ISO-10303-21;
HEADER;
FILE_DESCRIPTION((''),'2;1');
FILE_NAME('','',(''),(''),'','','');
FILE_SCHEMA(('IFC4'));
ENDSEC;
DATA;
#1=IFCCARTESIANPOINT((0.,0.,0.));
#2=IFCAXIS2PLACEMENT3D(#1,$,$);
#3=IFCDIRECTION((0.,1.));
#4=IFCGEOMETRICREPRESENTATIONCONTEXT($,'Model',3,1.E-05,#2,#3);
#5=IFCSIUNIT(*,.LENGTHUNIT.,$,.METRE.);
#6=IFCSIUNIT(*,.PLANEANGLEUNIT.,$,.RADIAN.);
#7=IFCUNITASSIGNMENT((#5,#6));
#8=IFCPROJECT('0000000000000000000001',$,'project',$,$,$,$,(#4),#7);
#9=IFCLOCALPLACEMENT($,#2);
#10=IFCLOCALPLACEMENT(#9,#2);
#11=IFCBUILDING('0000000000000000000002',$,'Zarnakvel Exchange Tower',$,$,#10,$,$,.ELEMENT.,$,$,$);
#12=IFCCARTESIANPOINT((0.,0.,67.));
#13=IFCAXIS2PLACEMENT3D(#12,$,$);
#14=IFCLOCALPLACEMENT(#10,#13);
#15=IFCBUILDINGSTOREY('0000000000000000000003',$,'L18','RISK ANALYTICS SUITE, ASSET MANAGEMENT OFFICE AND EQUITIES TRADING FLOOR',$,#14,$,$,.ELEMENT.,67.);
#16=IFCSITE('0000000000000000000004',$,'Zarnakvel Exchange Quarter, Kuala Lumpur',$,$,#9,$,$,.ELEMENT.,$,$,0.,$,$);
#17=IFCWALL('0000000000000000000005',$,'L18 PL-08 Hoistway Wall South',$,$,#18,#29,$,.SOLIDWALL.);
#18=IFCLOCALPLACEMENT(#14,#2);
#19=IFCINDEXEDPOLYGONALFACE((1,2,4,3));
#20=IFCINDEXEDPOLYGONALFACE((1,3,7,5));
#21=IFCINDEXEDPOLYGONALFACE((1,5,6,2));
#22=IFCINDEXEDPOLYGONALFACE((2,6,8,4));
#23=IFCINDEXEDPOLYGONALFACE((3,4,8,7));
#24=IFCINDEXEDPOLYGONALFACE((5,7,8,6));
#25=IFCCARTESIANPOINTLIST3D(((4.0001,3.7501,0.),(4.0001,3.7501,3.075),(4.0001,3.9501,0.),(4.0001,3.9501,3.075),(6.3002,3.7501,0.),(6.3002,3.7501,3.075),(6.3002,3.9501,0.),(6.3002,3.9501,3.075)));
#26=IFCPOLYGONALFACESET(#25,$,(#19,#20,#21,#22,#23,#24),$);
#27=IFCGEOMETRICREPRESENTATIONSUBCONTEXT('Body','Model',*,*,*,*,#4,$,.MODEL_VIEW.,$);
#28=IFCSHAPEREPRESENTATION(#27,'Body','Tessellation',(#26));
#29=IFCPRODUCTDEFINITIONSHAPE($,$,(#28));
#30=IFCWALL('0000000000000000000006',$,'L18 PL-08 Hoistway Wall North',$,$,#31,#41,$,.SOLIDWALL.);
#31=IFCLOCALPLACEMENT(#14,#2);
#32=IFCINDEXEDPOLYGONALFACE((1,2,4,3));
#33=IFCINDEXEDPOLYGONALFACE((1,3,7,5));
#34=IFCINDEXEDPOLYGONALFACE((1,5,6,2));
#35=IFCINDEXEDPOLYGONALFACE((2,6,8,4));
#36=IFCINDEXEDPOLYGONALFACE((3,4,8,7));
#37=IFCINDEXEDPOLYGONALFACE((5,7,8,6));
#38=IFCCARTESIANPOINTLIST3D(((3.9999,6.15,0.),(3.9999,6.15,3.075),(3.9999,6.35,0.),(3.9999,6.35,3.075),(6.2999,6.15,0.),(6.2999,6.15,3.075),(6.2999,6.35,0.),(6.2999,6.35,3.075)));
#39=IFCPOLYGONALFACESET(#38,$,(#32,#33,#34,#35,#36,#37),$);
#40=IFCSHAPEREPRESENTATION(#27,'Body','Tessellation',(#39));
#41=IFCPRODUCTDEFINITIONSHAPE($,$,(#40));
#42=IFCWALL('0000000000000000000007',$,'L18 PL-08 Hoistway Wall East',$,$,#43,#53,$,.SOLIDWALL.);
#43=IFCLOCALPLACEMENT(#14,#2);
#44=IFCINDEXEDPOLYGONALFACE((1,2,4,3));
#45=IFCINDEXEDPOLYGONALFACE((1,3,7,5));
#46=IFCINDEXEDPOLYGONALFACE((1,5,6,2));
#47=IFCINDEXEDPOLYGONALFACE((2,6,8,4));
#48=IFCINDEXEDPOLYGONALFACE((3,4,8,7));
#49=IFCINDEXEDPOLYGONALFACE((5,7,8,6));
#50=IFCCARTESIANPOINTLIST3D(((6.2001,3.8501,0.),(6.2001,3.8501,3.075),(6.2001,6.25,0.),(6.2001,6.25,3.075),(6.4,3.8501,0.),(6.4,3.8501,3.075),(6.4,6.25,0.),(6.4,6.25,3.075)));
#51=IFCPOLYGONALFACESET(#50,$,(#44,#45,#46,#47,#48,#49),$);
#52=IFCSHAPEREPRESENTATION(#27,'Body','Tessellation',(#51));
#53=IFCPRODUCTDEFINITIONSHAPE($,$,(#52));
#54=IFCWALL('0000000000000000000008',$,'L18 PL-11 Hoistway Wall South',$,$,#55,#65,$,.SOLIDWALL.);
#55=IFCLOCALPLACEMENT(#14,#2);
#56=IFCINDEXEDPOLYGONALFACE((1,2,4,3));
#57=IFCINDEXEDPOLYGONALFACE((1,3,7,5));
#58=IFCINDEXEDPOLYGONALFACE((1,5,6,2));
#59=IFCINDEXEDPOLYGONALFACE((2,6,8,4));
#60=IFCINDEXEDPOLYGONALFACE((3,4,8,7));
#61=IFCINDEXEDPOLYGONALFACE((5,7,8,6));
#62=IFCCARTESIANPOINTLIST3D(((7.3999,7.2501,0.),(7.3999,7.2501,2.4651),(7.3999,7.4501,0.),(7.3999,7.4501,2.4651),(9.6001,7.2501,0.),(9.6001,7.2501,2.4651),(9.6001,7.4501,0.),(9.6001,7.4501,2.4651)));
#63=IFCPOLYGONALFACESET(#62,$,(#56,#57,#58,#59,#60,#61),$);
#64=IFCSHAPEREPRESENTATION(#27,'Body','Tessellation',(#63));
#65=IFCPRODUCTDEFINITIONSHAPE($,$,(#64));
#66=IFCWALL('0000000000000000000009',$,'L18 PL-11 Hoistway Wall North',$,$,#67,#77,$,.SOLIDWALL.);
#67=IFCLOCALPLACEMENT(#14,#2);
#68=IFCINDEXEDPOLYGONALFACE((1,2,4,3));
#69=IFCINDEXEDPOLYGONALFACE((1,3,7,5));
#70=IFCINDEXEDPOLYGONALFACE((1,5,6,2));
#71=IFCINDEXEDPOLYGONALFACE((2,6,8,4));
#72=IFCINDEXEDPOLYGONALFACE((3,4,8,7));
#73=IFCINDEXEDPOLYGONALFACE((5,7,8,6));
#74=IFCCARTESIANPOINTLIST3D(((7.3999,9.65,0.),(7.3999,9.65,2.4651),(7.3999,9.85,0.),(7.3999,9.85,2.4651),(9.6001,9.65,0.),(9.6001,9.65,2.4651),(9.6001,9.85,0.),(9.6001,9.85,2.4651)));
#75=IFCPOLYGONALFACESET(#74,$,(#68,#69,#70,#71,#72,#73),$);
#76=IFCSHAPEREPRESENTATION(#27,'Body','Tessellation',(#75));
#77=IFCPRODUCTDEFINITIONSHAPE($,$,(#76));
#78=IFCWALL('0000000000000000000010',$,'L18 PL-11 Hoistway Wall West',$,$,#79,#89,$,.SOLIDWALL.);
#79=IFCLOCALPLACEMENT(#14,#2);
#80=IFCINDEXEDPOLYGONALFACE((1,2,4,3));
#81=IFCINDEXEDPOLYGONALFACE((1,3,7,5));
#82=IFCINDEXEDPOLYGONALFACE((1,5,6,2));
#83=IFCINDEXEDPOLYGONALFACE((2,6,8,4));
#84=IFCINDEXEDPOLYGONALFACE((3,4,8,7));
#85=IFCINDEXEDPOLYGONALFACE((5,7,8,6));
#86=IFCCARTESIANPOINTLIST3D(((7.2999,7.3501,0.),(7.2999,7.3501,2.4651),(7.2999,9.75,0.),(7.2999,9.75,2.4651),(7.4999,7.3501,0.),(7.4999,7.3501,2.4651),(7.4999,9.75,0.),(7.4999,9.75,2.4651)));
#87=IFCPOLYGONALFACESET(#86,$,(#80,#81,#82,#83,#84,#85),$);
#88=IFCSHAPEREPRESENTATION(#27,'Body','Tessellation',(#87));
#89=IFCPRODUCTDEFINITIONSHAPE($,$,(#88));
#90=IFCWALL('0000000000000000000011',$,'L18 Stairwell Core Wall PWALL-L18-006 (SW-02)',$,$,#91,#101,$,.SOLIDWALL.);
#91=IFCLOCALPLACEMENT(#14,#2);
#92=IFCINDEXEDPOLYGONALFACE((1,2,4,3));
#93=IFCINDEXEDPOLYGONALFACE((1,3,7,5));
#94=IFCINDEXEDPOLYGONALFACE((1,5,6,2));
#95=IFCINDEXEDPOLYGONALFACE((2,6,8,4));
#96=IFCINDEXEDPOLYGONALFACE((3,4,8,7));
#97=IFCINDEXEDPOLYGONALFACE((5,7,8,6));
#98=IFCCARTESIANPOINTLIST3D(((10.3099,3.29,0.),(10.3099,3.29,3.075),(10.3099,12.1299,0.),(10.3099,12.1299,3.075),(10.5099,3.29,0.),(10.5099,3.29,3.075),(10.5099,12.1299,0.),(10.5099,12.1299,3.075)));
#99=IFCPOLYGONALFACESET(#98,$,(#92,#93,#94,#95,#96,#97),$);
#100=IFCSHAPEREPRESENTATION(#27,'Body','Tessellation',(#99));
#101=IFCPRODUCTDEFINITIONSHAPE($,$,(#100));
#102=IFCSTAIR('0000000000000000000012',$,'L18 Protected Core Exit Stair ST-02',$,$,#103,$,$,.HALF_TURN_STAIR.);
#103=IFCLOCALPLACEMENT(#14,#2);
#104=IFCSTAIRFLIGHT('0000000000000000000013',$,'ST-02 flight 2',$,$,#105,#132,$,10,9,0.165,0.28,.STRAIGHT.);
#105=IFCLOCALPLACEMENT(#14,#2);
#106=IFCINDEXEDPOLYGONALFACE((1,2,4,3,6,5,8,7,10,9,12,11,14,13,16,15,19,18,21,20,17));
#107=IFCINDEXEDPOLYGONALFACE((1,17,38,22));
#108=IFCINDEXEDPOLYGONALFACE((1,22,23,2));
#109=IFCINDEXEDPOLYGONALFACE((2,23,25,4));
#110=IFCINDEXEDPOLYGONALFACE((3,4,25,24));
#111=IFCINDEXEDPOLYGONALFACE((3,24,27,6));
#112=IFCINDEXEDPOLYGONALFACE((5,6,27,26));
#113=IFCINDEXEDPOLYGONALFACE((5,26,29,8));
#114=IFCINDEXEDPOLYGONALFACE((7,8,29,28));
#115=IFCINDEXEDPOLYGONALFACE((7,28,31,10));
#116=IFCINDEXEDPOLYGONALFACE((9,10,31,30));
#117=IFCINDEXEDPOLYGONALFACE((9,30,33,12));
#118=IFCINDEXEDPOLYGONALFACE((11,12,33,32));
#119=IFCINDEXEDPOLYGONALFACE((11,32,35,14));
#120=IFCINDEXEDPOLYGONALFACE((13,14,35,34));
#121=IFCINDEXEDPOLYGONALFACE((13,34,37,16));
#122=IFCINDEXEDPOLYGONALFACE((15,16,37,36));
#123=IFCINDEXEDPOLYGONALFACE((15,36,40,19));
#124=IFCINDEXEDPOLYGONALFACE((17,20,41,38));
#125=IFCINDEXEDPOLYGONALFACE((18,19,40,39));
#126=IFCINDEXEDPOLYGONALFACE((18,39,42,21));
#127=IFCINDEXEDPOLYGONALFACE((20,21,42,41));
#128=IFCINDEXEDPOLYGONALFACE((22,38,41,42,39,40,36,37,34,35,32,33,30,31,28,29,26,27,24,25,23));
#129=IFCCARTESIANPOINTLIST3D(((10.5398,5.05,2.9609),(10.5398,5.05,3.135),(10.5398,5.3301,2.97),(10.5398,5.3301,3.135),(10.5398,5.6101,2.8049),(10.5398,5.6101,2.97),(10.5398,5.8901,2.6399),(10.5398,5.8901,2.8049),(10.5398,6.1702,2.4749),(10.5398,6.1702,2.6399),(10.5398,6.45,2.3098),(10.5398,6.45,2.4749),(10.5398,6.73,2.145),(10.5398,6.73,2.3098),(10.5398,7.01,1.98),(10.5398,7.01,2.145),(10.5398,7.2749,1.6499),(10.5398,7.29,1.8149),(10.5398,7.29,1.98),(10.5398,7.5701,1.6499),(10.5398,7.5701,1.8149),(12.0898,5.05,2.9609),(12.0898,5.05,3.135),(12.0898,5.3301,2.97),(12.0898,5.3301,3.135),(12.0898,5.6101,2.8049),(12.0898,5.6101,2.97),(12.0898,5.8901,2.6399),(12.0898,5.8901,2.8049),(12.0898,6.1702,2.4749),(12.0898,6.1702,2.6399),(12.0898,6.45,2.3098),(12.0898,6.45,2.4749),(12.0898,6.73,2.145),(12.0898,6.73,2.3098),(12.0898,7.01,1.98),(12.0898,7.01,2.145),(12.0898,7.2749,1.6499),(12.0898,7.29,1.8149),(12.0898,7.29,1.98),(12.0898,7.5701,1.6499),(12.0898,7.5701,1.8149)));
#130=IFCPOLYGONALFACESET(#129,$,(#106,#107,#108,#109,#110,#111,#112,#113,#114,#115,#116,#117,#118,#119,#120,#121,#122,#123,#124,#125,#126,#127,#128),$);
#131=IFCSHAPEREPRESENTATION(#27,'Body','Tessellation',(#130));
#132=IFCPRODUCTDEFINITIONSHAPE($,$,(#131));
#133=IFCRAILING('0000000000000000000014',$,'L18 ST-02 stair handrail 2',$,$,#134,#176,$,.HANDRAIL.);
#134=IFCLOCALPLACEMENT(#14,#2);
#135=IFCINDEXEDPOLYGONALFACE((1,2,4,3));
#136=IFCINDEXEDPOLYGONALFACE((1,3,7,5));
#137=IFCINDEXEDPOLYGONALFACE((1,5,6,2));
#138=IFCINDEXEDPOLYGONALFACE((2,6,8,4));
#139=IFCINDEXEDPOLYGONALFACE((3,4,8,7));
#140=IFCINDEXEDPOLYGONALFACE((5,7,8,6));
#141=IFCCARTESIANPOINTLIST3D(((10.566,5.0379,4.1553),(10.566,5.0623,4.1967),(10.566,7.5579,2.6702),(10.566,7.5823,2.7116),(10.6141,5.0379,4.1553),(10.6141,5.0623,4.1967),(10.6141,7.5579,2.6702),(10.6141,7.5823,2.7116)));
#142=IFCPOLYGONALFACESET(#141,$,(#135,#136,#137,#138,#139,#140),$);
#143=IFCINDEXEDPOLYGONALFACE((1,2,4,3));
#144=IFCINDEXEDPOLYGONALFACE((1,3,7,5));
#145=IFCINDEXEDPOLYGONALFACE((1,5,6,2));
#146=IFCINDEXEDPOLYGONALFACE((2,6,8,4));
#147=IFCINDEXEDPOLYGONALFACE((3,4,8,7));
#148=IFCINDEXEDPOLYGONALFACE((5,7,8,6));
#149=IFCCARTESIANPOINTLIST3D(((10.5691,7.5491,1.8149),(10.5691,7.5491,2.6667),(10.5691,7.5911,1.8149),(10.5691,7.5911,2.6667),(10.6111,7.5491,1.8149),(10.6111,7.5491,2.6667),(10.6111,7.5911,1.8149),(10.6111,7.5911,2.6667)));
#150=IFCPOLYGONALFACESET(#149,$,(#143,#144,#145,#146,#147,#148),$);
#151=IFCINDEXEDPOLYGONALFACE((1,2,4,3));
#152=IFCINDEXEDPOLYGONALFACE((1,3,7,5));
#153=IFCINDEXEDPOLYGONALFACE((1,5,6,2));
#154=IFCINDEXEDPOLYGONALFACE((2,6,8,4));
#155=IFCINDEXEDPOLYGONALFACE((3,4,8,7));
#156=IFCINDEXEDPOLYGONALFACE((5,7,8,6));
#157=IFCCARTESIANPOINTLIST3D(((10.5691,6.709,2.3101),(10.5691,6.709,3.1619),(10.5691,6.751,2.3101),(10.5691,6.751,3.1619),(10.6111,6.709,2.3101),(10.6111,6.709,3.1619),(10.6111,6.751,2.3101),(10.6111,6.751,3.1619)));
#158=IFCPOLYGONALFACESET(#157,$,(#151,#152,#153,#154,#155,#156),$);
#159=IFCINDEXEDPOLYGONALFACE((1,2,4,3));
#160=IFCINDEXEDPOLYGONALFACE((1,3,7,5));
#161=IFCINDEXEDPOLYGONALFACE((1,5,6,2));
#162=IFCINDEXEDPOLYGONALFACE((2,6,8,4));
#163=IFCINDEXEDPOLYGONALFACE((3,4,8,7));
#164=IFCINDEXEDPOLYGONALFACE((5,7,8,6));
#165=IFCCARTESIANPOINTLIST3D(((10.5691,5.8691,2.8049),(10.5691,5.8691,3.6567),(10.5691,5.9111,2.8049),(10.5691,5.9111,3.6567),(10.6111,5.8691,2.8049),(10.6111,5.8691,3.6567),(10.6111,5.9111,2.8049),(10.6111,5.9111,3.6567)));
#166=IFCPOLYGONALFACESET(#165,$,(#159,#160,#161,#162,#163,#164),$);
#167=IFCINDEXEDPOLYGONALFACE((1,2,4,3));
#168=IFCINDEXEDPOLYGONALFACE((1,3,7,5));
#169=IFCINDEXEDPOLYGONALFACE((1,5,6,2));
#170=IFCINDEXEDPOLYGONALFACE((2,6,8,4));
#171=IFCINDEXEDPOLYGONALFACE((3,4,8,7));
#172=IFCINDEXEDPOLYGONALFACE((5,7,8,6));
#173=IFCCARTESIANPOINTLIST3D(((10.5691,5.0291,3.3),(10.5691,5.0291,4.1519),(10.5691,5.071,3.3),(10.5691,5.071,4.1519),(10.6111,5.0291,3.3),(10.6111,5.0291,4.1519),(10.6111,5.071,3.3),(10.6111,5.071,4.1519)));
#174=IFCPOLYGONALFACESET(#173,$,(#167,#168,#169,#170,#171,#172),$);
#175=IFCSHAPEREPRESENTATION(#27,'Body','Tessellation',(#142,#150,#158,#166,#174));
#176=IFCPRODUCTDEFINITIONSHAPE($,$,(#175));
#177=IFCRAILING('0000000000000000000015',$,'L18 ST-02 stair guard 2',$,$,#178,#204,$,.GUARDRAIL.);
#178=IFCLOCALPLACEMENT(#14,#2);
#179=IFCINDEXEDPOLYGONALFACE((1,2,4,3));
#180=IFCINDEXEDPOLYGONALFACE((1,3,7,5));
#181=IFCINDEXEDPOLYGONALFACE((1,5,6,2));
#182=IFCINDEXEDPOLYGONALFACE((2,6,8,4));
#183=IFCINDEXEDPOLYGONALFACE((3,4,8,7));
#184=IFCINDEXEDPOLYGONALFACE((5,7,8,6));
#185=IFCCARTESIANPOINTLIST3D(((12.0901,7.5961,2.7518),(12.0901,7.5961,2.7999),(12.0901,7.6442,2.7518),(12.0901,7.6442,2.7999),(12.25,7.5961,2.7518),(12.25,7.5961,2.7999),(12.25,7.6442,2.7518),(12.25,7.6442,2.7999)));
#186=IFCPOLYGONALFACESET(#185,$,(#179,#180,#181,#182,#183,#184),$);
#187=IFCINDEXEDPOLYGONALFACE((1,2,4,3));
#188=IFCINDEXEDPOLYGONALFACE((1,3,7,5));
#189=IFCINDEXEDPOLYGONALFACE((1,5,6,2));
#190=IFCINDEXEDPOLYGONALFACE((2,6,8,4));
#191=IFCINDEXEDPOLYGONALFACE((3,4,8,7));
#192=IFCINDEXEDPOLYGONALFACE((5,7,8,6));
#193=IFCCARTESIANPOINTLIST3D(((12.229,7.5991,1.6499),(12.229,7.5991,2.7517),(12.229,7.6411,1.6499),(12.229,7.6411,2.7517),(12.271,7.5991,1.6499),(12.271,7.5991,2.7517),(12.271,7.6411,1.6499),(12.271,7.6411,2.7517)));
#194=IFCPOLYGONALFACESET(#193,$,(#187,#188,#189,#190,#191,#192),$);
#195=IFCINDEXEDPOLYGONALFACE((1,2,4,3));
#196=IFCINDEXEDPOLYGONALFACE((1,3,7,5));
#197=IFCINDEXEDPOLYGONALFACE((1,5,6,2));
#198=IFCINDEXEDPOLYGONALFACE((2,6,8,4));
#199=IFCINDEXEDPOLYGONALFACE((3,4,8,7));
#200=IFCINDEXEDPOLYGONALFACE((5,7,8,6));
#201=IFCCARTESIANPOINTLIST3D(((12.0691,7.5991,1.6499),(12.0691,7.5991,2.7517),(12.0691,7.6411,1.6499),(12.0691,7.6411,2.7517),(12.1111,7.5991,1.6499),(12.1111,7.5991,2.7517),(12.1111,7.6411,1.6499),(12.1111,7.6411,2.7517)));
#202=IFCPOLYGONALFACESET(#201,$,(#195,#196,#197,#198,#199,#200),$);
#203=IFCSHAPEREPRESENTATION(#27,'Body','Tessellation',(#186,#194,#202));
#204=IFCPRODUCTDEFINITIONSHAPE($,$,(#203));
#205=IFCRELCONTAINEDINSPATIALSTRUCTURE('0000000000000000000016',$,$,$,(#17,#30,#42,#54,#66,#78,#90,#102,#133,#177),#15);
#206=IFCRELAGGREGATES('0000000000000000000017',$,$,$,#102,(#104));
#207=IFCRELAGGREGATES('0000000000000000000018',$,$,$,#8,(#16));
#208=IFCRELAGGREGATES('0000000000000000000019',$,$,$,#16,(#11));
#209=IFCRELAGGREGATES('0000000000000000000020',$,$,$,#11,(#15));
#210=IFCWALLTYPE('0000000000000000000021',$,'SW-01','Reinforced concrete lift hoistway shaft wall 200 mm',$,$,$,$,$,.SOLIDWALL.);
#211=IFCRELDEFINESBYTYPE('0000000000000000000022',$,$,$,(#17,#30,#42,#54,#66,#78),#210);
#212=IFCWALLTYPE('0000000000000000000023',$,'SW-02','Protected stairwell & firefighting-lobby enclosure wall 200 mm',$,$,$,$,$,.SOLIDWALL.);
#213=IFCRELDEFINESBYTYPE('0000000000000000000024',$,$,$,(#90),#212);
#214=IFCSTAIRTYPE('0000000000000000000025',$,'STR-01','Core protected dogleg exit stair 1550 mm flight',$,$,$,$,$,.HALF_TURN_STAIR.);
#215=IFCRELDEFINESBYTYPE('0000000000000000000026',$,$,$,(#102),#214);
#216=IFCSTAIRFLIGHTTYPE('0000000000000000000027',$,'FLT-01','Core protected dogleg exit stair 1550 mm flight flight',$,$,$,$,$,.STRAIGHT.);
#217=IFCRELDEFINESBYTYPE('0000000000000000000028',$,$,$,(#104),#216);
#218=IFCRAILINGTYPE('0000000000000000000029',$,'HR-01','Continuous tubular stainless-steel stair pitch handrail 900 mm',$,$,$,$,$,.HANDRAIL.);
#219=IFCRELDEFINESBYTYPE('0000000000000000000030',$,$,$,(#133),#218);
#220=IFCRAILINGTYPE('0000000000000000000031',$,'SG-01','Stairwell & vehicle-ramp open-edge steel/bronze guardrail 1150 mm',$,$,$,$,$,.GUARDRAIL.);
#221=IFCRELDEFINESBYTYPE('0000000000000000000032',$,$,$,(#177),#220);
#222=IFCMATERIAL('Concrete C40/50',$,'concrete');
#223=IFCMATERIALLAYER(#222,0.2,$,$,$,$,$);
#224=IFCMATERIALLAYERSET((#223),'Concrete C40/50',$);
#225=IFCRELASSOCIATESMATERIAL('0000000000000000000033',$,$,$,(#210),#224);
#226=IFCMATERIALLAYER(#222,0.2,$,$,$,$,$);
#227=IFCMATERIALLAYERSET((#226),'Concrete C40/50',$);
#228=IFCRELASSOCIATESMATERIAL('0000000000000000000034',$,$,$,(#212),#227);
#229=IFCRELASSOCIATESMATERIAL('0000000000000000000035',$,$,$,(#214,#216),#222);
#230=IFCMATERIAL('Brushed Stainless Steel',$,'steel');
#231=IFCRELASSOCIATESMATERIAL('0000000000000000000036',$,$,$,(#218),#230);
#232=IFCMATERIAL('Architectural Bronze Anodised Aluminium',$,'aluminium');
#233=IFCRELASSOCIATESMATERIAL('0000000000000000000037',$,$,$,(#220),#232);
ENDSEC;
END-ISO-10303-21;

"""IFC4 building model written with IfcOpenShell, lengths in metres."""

from ifc_helpers import new_model, si_unit, direction, frame, frame_2d, origin, origin_2d, place, context, subcontext, project, spatial, polyline, rectangle, outline, extrude, material, layer, layer_set, type_object, element, aggregate, save


model = new_model("IFC4")

# Units and contexts
model_context = context("Model", 3, precision=1e-05, world=origin(), true_north=direction((0.0, 1.0)))
body_context = subcontext(model_context, "Body", "Model", "MODEL_VIEW")
ifc_project = project(units=[si_unit("LENGTHUNIT", "METRE"), si_unit("PLANEANGLEUNIT", "RADIAN")], contexts=[model_context])

# Site, building, storey
site_placement = place(None, origin())
site = spatial("IfcSite", under=ifc_project, at=site_placement, Name="Zarnakvel Exchange Quarter, Kuala Lumpur", CompositionType="ELEMENT", RefElevation=0.0)
building_placement = place(site_placement, origin())
building = spatial("IfcBuilding", under=site, at=building_placement, Name="Zarnakvel Exchange Tower", CompositionType="ELEMENT")
storey_placement = place(building_placement, frame((0.0, 0.0, 67.0)))
storey = spatial("IfcBuildingStorey", under=building, at=storey_placement, Name="L18", Description="RISK ANALYTICS SUITE, ASSET MANAGEMENT OFFICE AND EQUITIES TRADING FLOOR", CompositionType="ELEMENT", Elevation=67.0)

# Shared definitions
ifc_material_1 = material(Name="Concrete C40/50", Category="concrete")
ifc_layer_1 = layer(ifc_material_1, 0.2)
ifc_layer_set_1 = layer_set([ifc_layer_1], Name="Concrete C40/50")
wall_type_1 = type_object("IfcWallType", Name="SW-01", Description="Reinforced concrete lift hoistway shaft wall 200 mm", PredefinedType="SOLIDWALL", material=ifc_layer_set_1)
ifc_material_2 = material(Name="Brushed Stainless Steel", Category="steel")

# Walls
for number, where, z_axis, x_axis, name in (
    (1, (6.3, 3.8501, 0.0), (0.0, 0.0, 1.0), (-1.0, 0.0, 0.0), "L18 PL-08 Hoistway Wall South"),
    (2, (4.0, 6.25, 0.0), (0.0, 0.0, 1.0), (1.0, 0.0, 0.0), "L18 PL-08 Hoistway Wall North"),
):
    element("IfcWall", number, at=place(storey_placement, frame(where, z_axis=z_axis, x_axis=x_axis)), inside=storey, type_object=wall_type_1, Name=name, PredefinedType="SOLIDWALL", context=body_context, shape_type="SweptSolid", body=[
        extrude(rectangle(XDim=2.3, YDim=0.2, at=frame_2d((1.1499, 0.0))), origin(), (0.0, 0.0, 1.0), 3.075),
    ])
wall_1_placement = place(storey_placement, frame((6.3, 6.25, 0.0), z_axis=(0.0, 0.0, 1.0), x_axis=(0.0, -1.0, 0.0)))
element("IfcWall", 3, at=wall_1_placement, inside=storey, type_object=wall_type_1, Name="L18 PL-08 Hoistway Wall East", PredefinedType="SOLIDWALL", context=body_context, shape_type="SweptSolid", body=[
    extrude(rectangle(XDim=2.3999, YDim=0.2, at=frame_2d((1.2, 0.0))), origin(), (0.0, 0.0, 1.0), 3.075),
])
for number, where, z_axis, x_axis, name in (
    (4, (9.6001, 7.3501, 0.0), (0.0, 0.0, 1.0), (-1.0, 0.0, 0.0), "L18 PL-11 Hoistway Wall South"),
    (5, (7.3999, 9.75, 0.0), (0.0, 0.0, 1.0), (1.0, 0.0, 0.0), "L18 PL-11 Hoistway Wall North"),
):
    element("IfcWall", number, at=place(storey_placement, frame(where, z_axis=z_axis, x_axis=x_axis)), inside=storey, type_object=wall_type_1, Name=name, PredefinedType="SOLIDWALL", context=body_context, shape_type="SweptSolid", body=[
        extrude(rectangle(XDim=2.2002, YDim=0.2, at=frame_2d((1.1001, 0.0))), origin(), (0.0, 0.0, 1.0), 2.4651),
    ])
wall_2_placement = place(storey_placement, frame((7.3999, 7.3501, 0.0), z_axis=(0.0, 0.0, 1.0), x_axis=(0.0, 1.0, 0.0)))
element("IfcWall", 6, at=wall_2_placement, inside=storey, type_object=wall_type_1, Name="L18 PL-11 Hoistway Wall West", PredefinedType="SOLIDWALL", context=body_context, shape_type="SweptSolid", body=[
    extrude(rectangle(XDim=2.3999, YDim=0.2, at=frame_2d((1.2, 0.0))), origin(), (0.0, 0.0, 1.0), 2.4651),
])
ifc_layer_2 = layer(ifc_material_1, 0.2)
ifc_layer_set_2 = layer_set([ifc_layer_2], Name="Concrete C40/50")
wall_type_2 = type_object("IfcWallType", Name="SW-02", Description="Protected stairwell & firefighting-lobby enclosure wall 200 mm", PredefinedType="SOLIDWALL", material=ifc_layer_set_2)
wall_3_placement = place(storey_placement, frame((10.4099, 3.29, 0.0), z_axis=(0.0, 0.0, 1.0), x_axis=(0.0, 1.0, 0.0)))
element("IfcWall", 7, at=wall_3_placement, inside=storey, type_object=wall_type_2, Name="L18 Stairwell Core Wall PWALL-L18-006 (SW-02)", PredefinedType="SOLIDWALL", context=body_context, shape_type="SweptSolid", body=[
    extrude(rectangle(XDim=8.8398, YDim=0.2, at=frame_2d((4.4199, 0.0))), origin(), (0.0, 0.0, 1.0), 3.075),
])

# Stair, stair flight
stair_type = type_object("IfcStairType", Name="STR-01", Description="Core protected dogleg exit stair 1550 mm flight", PredefinedType="HALF_TURN_STAIR", material=ifc_material_1)
stair_placement = place(storey_placement, origin())
stair = element("IfcStair", 8, at=stair_placement, inside=storey, type_object=stair_type, Name="L18 Protected Core Exit Stair ST-02", PredefinedType="HALF_TURN_STAIR")
stair_flight_type = type_object("IfcStairFlightType", Name="FLT-01", Description="Core protected dogleg exit stair 1550 mm flight flight", PredefinedType="STRAIGHT", material=ifc_material_1)
stair_flight_placement = place(storey_placement, frame((11.3149, 7.5701, 1.6499), z_axis=(0.0, 0.0, 1.0), x_axis=(0.0, -1.0, 0.0)))
stair_flight = element("IfcStairFlight", 9, at=stair_flight_placement, type_object=stair_flight_type, Name="ST-02 flight 2", NumberOfRisers=10, NumberOfTreads=9, PredefinedType="STRAIGHT", RiserHeight=0.165, TreadLength=0.28, context=body_context, shape_type="SweptSolid", body=[
    extrude(outline(polyline([(0.0, 0.0), (0.0, 0.165), (0.28, 0.165), (0.28, 0.3301), (0.5601, 0.3301), (0.5601, 0.4951), (0.8401, 0.4951), (0.8401, 0.6599), (1.1201, 0.6599), (1.1201, 0.825), (1.3999, 0.825), (1.3999, 0.99), (1.6799, 0.99), (1.6799, 1.155), (1.96, 1.155), (1.96, 1.3201), (2.24, 1.3201), (2.24, 1.4851), (2.52, 1.4851), (2.52, 1.6499), (2.52, 1.311), (0.2952, 0.0), (0.0, 0.0)])), frame((0.0, 0.7749, 0.0), z_axis=(0.0, -1.0, 0.0), x_axis=(1.0, 0.0, 0.0)), (0.0, 0.0, 1.0), 1.55),
])
aggregate(stair, [stair_flight])

# Railings
railing_type_1 = type_object("IfcRailingType", Name="HR-01", Description="Continuous tubular stainless-steel stair pitch handrail 900 mm", PredefinedType="HANDRAIL", material=ifc_material_2)
railing_1_placement = place(storey_placement, frame((10.5901, 7.5701, 1.8149)))
element("IfcRailing", 10, at=railing_1_placement, inside=storey, type_object=railing_type_1, Name="L18 ST-02 stair handrail 2", PredefinedType="HANDRAIL", context=body_context, shape_type="SweptSolid", body=[
    extrude(rectangle(XDim=0.0481, YDim=0.0481, at=origin_2d()), frame((0.0, 0.0, 0.876), z_axis=(0.0, -0.861524, 0.507717), x_axis=(1.0, 0.0, 0.0)), (0.0, 0.0, 1.0), 2.925),
    extrude(rectangle(XDim=0.042, YDim=0.042, at=origin_2d()), origin(), (0.0, 0.0, 1.0), 0.8518),
    extrude(rectangle(XDim=0.042, YDim=0.042, at=origin_2d()), frame((0.0, -0.8401, 0.4951)), (0.0, 0.0, 1.0), 0.8518),
    extrude(rectangle(XDim=0.042, YDim=0.042, at=origin_2d()), frame((0.0, -1.6799, 0.99)), (0.0, 0.0, 1.0), 0.8518),
    extrude(rectangle(XDim=0.042, YDim=0.042, at=origin_2d()), frame((0.0, -2.52, 1.4851)), (0.0, 0.0, 1.0), 0.8518),
])
ifc_material_3 = material(Name="Architectural Bronze Anodised Aluminium", Category="aluminium")
railing_type_2 = type_object("IfcRailingType", Name="SG-01", Description="Stairwell & vehicle-ramp open-edge steel/bronze guardrail 1150 mm", PredefinedType="GUARDRAIL", material=ifc_material_3)
railing_2_placement = place(storey_placement, frame((12.25, 7.6201, 1.6499)))
element("IfcRailing", 11, at=railing_2_placement, inside=storey, type_object=railing_type_2, Name="L18 ST-02 stair guard 2", PredefinedType="GUARDRAIL", context=body_context, shape_type="SweptSolid", body=[
    extrude(rectangle(XDim=0.0481, YDim=0.0481, at=origin_2d()), frame((0.0, 0.0, 1.126), z_axis=(-1.0, 0.0, 0.0), x_axis=(0.0, -1.0, 0.0)), (0.0, 0.0, 1.0), 0.1599),
    extrude(rectangle(XDim=0.042, YDim=0.042, at=origin_2d()), origin(), (0.0, 0.0, 1.0), 1.1018),
    extrude(rectangle(XDim=0.042, YDim=0.042, at=origin_2d()), frame((-0.1599, 0.0, 0.0)), (0.0, 0.0, 1.0), 1.1018),
])

save(model, "model.ifc")
